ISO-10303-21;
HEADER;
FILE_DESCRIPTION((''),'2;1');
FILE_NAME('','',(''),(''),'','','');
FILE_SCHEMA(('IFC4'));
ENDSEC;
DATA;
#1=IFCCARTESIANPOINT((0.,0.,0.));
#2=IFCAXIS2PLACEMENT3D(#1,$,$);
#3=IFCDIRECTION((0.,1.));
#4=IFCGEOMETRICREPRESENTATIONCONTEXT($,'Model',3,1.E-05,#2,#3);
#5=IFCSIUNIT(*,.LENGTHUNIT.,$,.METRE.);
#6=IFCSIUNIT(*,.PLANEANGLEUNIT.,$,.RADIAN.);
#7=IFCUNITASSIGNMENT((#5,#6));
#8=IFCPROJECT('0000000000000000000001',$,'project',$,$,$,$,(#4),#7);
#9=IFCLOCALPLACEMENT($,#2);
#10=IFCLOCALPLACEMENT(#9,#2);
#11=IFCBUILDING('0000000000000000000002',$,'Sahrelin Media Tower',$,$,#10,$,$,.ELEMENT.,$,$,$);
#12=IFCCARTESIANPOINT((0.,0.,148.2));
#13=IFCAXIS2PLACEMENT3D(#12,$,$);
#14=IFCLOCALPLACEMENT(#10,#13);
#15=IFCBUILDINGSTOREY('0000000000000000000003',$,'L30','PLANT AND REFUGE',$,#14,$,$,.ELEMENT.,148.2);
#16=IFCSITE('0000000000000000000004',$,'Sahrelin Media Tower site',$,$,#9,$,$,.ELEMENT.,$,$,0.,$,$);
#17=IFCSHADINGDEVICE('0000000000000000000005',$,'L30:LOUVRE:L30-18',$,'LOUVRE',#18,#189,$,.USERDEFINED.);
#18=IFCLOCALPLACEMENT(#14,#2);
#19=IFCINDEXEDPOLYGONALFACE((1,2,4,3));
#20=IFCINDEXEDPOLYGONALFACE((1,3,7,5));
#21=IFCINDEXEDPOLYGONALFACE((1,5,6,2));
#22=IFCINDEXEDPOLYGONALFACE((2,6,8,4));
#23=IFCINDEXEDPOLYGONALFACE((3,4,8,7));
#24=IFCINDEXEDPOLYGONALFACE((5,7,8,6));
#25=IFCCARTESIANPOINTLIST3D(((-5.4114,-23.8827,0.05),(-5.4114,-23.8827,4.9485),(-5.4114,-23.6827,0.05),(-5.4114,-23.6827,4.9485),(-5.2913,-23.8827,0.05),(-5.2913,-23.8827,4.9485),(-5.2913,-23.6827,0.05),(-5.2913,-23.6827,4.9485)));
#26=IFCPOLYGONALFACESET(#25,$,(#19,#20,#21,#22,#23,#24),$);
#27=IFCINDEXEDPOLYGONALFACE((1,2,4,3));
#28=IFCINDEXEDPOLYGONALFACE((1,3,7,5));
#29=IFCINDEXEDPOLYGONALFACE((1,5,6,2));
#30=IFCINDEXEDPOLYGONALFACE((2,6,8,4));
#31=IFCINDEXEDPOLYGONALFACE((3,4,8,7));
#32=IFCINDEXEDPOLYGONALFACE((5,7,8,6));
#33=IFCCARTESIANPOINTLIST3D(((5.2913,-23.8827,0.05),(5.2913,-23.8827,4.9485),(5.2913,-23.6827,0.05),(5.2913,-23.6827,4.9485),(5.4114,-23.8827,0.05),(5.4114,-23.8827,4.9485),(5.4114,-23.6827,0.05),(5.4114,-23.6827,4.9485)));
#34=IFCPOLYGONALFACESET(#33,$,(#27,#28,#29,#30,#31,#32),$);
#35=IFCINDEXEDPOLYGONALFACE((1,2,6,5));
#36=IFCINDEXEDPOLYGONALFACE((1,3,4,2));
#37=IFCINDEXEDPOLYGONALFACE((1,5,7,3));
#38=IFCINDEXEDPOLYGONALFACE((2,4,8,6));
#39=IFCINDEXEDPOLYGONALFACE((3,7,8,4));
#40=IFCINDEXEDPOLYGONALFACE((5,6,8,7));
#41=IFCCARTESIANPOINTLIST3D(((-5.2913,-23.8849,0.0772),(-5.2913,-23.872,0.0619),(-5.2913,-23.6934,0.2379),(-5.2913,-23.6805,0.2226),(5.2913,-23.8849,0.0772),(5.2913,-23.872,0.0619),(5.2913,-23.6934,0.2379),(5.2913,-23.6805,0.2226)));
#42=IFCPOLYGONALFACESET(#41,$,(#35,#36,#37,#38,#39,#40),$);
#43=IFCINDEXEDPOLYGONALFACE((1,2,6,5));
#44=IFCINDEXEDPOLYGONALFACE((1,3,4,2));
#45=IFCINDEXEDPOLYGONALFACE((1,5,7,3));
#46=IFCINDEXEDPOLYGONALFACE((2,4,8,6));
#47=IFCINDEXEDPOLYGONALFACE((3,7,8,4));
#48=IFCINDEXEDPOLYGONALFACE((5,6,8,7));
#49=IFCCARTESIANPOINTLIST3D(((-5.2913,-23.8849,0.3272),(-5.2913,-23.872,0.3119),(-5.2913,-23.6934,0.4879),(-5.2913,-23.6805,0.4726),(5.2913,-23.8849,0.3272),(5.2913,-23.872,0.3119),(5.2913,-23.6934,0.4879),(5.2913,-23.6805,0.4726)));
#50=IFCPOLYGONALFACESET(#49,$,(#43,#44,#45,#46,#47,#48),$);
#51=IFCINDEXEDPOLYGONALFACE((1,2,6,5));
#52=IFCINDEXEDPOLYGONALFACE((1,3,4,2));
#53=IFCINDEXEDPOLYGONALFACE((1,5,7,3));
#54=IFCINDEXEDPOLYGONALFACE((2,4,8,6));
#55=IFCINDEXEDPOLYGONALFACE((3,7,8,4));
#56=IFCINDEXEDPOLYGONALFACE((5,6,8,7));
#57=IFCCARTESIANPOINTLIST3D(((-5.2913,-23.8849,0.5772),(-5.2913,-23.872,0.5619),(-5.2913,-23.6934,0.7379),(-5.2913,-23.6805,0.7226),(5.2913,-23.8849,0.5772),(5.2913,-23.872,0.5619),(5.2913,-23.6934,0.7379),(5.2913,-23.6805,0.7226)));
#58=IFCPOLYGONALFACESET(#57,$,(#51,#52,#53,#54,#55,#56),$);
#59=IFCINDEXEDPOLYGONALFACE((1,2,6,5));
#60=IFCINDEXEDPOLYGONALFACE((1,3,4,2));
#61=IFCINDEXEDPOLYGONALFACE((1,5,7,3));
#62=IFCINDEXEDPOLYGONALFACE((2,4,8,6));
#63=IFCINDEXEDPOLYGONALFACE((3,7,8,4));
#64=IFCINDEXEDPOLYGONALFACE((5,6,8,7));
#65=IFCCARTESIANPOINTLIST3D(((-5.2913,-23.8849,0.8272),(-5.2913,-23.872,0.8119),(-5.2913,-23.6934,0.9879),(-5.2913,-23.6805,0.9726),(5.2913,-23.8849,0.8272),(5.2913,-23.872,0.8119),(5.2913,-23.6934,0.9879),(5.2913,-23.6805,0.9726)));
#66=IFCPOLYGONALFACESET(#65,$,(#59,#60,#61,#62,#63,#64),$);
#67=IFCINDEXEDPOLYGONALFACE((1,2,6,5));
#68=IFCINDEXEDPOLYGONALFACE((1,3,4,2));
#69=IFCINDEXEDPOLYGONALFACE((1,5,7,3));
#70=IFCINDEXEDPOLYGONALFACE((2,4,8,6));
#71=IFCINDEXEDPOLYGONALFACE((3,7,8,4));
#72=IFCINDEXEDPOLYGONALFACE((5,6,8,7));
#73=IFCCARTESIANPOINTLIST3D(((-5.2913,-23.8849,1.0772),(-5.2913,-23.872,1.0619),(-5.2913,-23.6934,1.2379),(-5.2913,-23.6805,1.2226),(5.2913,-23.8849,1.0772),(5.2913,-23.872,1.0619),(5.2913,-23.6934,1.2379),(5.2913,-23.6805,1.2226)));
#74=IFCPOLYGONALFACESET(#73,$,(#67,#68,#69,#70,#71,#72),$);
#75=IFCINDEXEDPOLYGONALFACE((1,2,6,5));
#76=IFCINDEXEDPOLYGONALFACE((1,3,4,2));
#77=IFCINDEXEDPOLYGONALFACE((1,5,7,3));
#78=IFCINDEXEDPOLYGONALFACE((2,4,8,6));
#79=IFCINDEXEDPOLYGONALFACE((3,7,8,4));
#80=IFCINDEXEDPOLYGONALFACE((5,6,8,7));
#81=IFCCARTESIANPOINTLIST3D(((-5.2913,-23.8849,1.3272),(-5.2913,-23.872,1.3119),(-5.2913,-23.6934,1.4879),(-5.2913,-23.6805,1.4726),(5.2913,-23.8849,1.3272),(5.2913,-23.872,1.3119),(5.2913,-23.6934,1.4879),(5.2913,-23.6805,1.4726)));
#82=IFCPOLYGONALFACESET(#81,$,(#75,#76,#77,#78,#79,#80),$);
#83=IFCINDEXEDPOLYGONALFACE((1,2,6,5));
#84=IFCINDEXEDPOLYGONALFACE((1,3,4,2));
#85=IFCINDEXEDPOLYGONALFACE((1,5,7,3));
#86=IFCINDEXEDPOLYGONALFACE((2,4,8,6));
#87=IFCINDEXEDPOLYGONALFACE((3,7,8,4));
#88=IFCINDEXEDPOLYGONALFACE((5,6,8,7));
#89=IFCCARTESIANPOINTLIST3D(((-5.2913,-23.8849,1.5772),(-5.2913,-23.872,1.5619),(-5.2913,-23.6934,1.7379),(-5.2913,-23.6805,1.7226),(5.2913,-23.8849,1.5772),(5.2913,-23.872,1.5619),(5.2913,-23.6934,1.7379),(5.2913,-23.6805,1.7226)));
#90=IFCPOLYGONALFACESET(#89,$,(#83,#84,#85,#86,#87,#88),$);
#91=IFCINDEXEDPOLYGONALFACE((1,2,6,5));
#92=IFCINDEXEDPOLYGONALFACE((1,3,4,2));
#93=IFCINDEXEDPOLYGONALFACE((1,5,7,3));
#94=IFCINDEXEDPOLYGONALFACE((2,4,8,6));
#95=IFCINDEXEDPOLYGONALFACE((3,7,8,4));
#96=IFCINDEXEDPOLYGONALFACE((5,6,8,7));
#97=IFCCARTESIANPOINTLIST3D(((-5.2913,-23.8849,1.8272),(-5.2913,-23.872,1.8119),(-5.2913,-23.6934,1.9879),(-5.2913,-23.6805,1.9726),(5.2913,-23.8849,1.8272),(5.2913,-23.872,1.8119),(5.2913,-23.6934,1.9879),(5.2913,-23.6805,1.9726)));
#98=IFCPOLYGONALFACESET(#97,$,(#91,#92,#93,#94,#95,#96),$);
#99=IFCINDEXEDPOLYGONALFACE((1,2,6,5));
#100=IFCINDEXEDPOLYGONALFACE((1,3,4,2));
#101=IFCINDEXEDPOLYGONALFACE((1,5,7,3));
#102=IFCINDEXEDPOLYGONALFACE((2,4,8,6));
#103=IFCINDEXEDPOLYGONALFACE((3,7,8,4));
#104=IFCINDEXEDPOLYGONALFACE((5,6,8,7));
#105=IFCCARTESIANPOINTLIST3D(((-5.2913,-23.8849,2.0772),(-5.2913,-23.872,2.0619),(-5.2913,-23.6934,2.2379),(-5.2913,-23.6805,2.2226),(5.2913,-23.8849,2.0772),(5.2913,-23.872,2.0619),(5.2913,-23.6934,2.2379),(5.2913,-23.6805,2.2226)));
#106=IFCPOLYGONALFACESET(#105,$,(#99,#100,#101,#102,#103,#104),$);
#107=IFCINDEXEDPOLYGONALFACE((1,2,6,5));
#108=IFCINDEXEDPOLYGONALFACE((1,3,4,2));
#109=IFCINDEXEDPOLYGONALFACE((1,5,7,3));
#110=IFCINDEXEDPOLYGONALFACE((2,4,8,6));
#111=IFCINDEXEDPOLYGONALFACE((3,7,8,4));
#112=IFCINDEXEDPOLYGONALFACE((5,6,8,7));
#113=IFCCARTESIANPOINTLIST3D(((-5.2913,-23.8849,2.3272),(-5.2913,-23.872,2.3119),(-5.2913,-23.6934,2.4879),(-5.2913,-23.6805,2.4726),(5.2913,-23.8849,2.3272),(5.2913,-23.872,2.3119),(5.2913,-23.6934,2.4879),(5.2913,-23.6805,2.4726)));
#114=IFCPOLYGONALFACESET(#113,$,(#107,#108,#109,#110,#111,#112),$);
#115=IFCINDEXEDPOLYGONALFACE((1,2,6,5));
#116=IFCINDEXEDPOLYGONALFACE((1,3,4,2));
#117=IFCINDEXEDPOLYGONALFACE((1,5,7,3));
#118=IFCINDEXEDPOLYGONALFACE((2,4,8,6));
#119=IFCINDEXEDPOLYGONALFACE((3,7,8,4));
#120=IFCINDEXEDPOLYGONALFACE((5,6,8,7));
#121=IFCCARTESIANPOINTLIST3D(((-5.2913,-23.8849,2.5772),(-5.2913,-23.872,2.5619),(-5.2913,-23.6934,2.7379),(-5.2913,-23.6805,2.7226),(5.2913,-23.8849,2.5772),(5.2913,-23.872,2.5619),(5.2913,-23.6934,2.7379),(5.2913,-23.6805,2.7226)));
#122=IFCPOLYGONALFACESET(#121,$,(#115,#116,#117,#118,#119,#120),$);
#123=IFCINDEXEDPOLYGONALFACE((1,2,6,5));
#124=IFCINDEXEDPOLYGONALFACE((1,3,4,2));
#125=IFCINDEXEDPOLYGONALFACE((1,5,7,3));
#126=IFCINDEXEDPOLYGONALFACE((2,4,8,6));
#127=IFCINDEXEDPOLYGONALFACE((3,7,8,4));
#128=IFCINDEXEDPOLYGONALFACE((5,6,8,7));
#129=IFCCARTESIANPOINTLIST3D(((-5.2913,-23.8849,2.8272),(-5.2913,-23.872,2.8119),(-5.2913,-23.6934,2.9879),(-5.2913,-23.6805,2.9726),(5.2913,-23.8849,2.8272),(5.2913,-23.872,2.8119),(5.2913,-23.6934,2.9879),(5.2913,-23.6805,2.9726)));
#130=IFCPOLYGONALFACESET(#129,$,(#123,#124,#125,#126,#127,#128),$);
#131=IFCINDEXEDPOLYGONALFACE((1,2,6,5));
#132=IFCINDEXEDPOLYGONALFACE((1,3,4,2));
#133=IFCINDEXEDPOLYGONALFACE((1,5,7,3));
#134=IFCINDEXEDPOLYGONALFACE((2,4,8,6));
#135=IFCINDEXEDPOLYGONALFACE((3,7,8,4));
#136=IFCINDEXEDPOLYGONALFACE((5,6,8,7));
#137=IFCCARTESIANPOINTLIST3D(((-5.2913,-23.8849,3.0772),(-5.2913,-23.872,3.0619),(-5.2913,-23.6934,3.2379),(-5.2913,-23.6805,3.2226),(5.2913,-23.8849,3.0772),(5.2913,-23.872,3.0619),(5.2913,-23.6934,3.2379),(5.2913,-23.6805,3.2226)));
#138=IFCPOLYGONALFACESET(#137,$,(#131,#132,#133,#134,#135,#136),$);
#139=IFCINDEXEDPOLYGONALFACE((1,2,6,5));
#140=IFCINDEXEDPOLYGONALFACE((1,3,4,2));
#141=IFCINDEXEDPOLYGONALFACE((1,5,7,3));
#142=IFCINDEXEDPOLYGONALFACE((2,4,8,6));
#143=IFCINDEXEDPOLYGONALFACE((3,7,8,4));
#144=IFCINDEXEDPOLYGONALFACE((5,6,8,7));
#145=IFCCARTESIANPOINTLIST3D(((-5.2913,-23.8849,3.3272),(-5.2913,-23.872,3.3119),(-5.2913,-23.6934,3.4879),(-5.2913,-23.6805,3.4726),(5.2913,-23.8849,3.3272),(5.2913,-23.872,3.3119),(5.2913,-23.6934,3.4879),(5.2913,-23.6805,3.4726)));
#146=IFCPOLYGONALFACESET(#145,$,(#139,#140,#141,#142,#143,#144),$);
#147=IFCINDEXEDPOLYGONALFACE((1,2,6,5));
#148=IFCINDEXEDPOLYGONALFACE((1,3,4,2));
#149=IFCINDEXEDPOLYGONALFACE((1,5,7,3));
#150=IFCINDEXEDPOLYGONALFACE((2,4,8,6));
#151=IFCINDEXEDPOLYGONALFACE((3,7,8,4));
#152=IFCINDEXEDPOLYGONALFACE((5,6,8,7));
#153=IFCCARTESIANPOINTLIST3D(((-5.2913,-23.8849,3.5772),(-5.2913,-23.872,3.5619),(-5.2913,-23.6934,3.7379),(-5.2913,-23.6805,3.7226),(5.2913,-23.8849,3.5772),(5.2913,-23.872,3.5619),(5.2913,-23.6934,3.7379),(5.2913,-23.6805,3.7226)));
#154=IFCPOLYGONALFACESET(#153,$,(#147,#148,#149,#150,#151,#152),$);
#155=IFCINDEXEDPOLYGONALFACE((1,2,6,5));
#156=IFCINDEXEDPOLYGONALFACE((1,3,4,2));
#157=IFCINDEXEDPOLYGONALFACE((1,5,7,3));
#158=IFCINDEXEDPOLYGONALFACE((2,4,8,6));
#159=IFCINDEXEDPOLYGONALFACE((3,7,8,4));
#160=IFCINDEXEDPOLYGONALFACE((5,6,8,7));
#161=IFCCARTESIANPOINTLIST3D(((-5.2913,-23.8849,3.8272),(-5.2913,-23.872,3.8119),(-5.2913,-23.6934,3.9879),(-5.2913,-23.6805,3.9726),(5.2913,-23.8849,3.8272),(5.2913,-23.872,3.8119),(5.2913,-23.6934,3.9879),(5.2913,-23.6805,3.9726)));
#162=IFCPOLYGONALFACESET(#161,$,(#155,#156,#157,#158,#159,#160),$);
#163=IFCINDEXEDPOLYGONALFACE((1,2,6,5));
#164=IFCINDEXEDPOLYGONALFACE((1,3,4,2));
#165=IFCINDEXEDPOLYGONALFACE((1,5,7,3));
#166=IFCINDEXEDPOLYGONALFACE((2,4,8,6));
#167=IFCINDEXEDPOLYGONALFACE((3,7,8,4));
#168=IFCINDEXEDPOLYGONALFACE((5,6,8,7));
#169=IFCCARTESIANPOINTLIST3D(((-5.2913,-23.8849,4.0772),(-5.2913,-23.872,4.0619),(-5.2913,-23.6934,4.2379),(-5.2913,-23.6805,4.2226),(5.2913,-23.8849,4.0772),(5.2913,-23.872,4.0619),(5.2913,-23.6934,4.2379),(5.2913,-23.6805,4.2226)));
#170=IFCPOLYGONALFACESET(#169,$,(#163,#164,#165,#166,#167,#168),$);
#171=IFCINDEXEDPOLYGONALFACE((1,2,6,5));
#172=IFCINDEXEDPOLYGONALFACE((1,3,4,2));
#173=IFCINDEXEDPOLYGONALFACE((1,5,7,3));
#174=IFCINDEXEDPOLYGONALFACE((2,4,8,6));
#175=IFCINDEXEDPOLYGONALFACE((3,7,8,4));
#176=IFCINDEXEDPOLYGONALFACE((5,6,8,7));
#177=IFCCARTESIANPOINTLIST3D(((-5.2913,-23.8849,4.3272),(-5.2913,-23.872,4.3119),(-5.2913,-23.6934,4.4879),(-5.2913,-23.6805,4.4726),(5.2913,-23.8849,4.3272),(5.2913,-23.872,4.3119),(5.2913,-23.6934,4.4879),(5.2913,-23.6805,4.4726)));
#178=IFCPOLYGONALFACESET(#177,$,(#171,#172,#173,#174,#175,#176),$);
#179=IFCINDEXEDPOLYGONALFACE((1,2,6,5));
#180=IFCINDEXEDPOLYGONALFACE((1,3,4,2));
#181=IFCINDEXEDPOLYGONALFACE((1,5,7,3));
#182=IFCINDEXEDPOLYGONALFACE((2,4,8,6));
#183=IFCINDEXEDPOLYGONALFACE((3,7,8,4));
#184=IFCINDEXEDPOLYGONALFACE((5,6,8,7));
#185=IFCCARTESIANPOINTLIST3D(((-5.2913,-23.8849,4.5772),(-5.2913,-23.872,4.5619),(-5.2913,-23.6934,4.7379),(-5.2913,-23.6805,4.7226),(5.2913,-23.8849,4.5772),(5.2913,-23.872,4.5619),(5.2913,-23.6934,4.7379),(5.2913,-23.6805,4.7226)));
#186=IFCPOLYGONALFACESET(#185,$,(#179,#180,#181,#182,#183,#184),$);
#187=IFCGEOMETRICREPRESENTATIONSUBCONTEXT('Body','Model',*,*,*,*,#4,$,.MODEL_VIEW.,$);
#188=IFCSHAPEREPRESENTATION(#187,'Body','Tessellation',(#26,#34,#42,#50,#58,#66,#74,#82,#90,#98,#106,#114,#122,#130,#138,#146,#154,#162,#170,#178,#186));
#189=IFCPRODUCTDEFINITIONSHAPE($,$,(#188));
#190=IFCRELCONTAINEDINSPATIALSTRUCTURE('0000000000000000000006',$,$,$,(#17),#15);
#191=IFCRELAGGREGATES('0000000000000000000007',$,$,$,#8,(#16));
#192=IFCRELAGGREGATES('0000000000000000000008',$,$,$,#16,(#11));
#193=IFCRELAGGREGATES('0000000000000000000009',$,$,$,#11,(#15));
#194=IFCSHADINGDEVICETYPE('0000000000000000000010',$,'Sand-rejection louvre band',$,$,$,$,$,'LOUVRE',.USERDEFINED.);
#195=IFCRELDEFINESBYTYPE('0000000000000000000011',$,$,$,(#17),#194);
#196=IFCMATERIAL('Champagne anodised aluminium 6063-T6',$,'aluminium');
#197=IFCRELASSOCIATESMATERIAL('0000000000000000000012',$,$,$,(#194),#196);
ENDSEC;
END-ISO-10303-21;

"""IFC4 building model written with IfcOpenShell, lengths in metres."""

from ifc_helpers import new_model, si_unit, direction, frame, origin, origin_2d, place, context, subcontext, project, spatial, rectangle, extrude, material, type_object, element, save


model = new_model("IFC4")

# Units and contexts
model_context = context("Model", 3, precision=1e-05, world=origin(), true_north=direction((0.0, 1.0)))
body_context = subcontext(model_context, "Body", "Model", "MODEL_VIEW")
ifc_project = project(units=[si_unit("LENGTHUNIT", "METRE"), si_unit("PLANEANGLEUNIT", "RADIAN")], contexts=[model_context])

# Site, building, storey
site_placement = place(None, origin())
site = spatial("IfcSite", under=ifc_project, at=site_placement, Name="Sahrelin Media Tower site", CompositionType="ELEMENT", RefElevation=0.0)
building_placement = place(site_placement, origin())
building = spatial("IfcBuilding", under=site, at=building_placement, Name="Sahrelin Media Tower", CompositionType="ELEMENT")
storey_placement = place(building_placement, frame((0.0, 0.0, 148.2)))
storey = spatial("IfcBuildingStorey", under=building, at=storey_placement, Name="L30", Description="PLANT AND REFUGE", CompositionType="ELEMENT", Elevation=148.2)

# Shading device
ifc_material_1 = material(Name="Champagne anodised aluminium 6063-T6", Category="aluminium")
shading_device_type = type_object("IfcShadingDeviceType", Name="Sand-rejection louvre band", ElementType="LOUVRE", PredefinedType="USERDEFINED", material=ifc_material_1)
shading_device_1_placement = place(storey_placement, frame((0.0, -23.6826, 0.0), z_axis=(0.0, 0.0, 1.0), x_axis=(-1.0, 0.0, 0.0)))
element("IfcShadingDevice", 1, at=shading_device_1_placement, inside=storey, type_object=shading_device_type, Name="L30:LOUVRE:L30-18", ObjectType="LOUVRE", PredefinedType="USERDEFINED", context=body_context, shape_type="SweptSolid", body=[
    extrude(rectangle(XDim=0.1201, YDim=0.2, at=origin_2d()), frame((5.3513, 0.1001, 0.05), z_axis=(0.0, 0.0, 1.0), x_axis=(1.0, 0.0, 0.0)), (0.0, 0.0, 1.0), 4.8984),
    extrude(rectangle(XDim=0.1201, YDim=0.2, at=origin_2d()), frame((-5.3513, 0.1001, 0.05), z_axis=(0.0, 0.0, 1.0), x_axis=(1.0, 0.0, 0.0)), (0.0, 0.0, 1.0), 4.8984),
    extrude(rectangle(XDim=0.25, YDim=0.02, at=origin_2d()), frame((5.2913, 0.1001, 0.1499), z_axis=(-1.0, 0.0, 0.0), x_axis=(0.0, -0.766044, 0.642788)), (0.0, 0.0, 1.0), 10.5825),
    extrude(rectangle(XDim=0.25, YDim=0.02, at=origin_2d()), frame((5.2913, 0.1001, 0.3999), z_axis=(-1.0, 0.0, 0.0), x_axis=(0.0, -0.766044, 0.642788)), (0.0, 0.0, 1.0), 10.5825),
    extrude(rectangle(XDim=0.25, YDim=0.02, at=origin_2d()), frame((5.2913, 0.1001, 0.6499), z_axis=(-1.0, 0.0, 0.0), x_axis=(0.0, -0.766044, 0.642788)), (0.0, 0.0, 1.0), 10.5825),
    extrude(rectangle(XDim=0.25, YDim=0.02, at=origin_2d()), frame((5.2913, 0.1001, 0.8999), z_axis=(-1.0, 0.0, 0.0), x_axis=(0.0, -0.766044, 0.642788)), (0.0, 0.0, 1.0), 10.5825),
    extrude(rectangle(XDim=0.25, YDim=0.02, at=origin_2d()), frame((5.2913, 0.1001, 1.1499), z_axis=(-1.0, 0.0, 0.0), x_axis=(0.0, -0.766044, 0.642788)), (0.0, 0.0, 1.0), 10.5825),
    extrude(rectangle(XDim=0.25, YDim=0.02, at=origin_2d()), frame((5.2913, 0.1001, 1.3999), z_axis=(-1.0, 0.0, 0.0), x_axis=(0.0, -0.766044, 0.642788)), (0.0, 0.0, 1.0), 10.5825),
    extrude(rectangle(XDim=0.25, YDim=0.02, at=origin_2d()), frame((5.2913, 0.1001, 1.6499), z_axis=(-1.0, 0.0, 0.0), x_axis=(0.0, -0.766044, 0.642788)), (0.0, 0.0, 1.0), 10.5825),
    extrude(rectangle(XDim=0.25, YDim=0.02, at=origin_2d()), frame((5.2913, 0.1001, 1.8999), z_axis=(-1.0, 0.0, 0.0), x_axis=(0.0, -0.766044, 0.642788)), (0.0, 0.0, 1.0), 10.5825),
    extrude(rectangle(XDim=0.25, YDim=0.02, at=origin_2d()), frame((5.2913, 0.1001, 2.1499), z_axis=(-1.0, 0.0, 0.0), x_axis=(0.0, -0.766044, 0.642788)), (0.0, 0.0, 1.0), 10.5825),
    extrude(rectangle(XDim=0.25, YDim=0.02, at=origin_2d()), frame((5.2913, 0.1001, 2.3999), z_axis=(-1.0, 0.0, 0.0), x_axis=(0.0, -0.766044, 0.642788)), (0.0, 0.0, 1.0), 10.5825),
    extrude(rectangle(XDim=0.25, YDim=0.02, at=origin_2d()), frame((5.2913, 0.1001, 2.6499), z_axis=(-1.0, 0.0, 0.0), x_axis=(0.0, -0.766044, 0.642788)), (0.0, 0.0, 1.0), 10.5825),
    extrude(rectangle(XDim=0.25, YDim=0.02, at=origin_2d()), frame((5.2913, 0.1001, 2.8999), z_axis=(-1.0, 0.0, 0.0), x_axis=(0.0, -0.766044, 0.642788)), (0.0, 0.0, 1.0), 10.5825),
    extrude(rectangle(XDim=0.25, YDim=0.02, at=origin_2d()), frame((5.2913, 0.1001, 3.1499), z_axis=(-1.0, 0.0, 0.0), x_axis=(0.0, -0.766044, 0.642788)), (0.0, 0.0, 1.0), 10.5825),
    extrude(rectangle(XDim=0.25, YDim=0.02, at=origin_2d()), frame((5.2913, 0.1001, 3.3999), z_axis=(-1.0, 0.0, 0.0), x_axis=(0.0, -0.766044, 0.642788)), (0.0, 0.0, 1.0), 10.5825),
    extrude(rectangle(XDim=0.25, YDim=0.02, at=origin_2d()), frame((5.2913, 0.1001, 3.6499), z_axis=(-1.0, 0.0, 0.0), x_axis=(0.0, -0.766044, 0.642788)), (0.0, 0.0, 1.0), 10.5825),
    extrude(rectangle(XDim=0.25, YDim=0.02, at=origin_2d()), frame((5.2913, 0.1001, 3.8999), z_axis=(-1.0, 0.0, 0.0), x_axis=(0.0, -0.766044, 0.642788)), (0.0, 0.0, 1.0), 10.5825),
    extrude(rectangle(XDim=0.25, YDim=0.02, at=origin_2d()), frame((5.2913, 0.1001, 4.1499), z_axis=(-1.0, 0.0, 0.0), x_axis=(0.0, -0.766044, 0.642788)), (0.0, 0.0, 1.0), 10.5825),
    extrude(rectangle(XDim=0.25, YDim=0.02, at=origin_2d()), frame((5.2913, 0.1001, 4.3999), z_axis=(-1.0, 0.0, 0.0), x_axis=(0.0, -0.766044, 0.642788)), (0.0, 0.0, 1.0), 10.5825),
    extrude(rectangle(XDim=0.25, YDim=0.02, at=origin_2d()), frame((5.2913, 0.1001, 4.6499), z_axis=(-1.0, 0.0, 0.0), x_axis=(0.0, -0.766044, 0.642788)), (0.0, 0.0, 1.0), 10.5825),
])

save(model, "model.ifc")
